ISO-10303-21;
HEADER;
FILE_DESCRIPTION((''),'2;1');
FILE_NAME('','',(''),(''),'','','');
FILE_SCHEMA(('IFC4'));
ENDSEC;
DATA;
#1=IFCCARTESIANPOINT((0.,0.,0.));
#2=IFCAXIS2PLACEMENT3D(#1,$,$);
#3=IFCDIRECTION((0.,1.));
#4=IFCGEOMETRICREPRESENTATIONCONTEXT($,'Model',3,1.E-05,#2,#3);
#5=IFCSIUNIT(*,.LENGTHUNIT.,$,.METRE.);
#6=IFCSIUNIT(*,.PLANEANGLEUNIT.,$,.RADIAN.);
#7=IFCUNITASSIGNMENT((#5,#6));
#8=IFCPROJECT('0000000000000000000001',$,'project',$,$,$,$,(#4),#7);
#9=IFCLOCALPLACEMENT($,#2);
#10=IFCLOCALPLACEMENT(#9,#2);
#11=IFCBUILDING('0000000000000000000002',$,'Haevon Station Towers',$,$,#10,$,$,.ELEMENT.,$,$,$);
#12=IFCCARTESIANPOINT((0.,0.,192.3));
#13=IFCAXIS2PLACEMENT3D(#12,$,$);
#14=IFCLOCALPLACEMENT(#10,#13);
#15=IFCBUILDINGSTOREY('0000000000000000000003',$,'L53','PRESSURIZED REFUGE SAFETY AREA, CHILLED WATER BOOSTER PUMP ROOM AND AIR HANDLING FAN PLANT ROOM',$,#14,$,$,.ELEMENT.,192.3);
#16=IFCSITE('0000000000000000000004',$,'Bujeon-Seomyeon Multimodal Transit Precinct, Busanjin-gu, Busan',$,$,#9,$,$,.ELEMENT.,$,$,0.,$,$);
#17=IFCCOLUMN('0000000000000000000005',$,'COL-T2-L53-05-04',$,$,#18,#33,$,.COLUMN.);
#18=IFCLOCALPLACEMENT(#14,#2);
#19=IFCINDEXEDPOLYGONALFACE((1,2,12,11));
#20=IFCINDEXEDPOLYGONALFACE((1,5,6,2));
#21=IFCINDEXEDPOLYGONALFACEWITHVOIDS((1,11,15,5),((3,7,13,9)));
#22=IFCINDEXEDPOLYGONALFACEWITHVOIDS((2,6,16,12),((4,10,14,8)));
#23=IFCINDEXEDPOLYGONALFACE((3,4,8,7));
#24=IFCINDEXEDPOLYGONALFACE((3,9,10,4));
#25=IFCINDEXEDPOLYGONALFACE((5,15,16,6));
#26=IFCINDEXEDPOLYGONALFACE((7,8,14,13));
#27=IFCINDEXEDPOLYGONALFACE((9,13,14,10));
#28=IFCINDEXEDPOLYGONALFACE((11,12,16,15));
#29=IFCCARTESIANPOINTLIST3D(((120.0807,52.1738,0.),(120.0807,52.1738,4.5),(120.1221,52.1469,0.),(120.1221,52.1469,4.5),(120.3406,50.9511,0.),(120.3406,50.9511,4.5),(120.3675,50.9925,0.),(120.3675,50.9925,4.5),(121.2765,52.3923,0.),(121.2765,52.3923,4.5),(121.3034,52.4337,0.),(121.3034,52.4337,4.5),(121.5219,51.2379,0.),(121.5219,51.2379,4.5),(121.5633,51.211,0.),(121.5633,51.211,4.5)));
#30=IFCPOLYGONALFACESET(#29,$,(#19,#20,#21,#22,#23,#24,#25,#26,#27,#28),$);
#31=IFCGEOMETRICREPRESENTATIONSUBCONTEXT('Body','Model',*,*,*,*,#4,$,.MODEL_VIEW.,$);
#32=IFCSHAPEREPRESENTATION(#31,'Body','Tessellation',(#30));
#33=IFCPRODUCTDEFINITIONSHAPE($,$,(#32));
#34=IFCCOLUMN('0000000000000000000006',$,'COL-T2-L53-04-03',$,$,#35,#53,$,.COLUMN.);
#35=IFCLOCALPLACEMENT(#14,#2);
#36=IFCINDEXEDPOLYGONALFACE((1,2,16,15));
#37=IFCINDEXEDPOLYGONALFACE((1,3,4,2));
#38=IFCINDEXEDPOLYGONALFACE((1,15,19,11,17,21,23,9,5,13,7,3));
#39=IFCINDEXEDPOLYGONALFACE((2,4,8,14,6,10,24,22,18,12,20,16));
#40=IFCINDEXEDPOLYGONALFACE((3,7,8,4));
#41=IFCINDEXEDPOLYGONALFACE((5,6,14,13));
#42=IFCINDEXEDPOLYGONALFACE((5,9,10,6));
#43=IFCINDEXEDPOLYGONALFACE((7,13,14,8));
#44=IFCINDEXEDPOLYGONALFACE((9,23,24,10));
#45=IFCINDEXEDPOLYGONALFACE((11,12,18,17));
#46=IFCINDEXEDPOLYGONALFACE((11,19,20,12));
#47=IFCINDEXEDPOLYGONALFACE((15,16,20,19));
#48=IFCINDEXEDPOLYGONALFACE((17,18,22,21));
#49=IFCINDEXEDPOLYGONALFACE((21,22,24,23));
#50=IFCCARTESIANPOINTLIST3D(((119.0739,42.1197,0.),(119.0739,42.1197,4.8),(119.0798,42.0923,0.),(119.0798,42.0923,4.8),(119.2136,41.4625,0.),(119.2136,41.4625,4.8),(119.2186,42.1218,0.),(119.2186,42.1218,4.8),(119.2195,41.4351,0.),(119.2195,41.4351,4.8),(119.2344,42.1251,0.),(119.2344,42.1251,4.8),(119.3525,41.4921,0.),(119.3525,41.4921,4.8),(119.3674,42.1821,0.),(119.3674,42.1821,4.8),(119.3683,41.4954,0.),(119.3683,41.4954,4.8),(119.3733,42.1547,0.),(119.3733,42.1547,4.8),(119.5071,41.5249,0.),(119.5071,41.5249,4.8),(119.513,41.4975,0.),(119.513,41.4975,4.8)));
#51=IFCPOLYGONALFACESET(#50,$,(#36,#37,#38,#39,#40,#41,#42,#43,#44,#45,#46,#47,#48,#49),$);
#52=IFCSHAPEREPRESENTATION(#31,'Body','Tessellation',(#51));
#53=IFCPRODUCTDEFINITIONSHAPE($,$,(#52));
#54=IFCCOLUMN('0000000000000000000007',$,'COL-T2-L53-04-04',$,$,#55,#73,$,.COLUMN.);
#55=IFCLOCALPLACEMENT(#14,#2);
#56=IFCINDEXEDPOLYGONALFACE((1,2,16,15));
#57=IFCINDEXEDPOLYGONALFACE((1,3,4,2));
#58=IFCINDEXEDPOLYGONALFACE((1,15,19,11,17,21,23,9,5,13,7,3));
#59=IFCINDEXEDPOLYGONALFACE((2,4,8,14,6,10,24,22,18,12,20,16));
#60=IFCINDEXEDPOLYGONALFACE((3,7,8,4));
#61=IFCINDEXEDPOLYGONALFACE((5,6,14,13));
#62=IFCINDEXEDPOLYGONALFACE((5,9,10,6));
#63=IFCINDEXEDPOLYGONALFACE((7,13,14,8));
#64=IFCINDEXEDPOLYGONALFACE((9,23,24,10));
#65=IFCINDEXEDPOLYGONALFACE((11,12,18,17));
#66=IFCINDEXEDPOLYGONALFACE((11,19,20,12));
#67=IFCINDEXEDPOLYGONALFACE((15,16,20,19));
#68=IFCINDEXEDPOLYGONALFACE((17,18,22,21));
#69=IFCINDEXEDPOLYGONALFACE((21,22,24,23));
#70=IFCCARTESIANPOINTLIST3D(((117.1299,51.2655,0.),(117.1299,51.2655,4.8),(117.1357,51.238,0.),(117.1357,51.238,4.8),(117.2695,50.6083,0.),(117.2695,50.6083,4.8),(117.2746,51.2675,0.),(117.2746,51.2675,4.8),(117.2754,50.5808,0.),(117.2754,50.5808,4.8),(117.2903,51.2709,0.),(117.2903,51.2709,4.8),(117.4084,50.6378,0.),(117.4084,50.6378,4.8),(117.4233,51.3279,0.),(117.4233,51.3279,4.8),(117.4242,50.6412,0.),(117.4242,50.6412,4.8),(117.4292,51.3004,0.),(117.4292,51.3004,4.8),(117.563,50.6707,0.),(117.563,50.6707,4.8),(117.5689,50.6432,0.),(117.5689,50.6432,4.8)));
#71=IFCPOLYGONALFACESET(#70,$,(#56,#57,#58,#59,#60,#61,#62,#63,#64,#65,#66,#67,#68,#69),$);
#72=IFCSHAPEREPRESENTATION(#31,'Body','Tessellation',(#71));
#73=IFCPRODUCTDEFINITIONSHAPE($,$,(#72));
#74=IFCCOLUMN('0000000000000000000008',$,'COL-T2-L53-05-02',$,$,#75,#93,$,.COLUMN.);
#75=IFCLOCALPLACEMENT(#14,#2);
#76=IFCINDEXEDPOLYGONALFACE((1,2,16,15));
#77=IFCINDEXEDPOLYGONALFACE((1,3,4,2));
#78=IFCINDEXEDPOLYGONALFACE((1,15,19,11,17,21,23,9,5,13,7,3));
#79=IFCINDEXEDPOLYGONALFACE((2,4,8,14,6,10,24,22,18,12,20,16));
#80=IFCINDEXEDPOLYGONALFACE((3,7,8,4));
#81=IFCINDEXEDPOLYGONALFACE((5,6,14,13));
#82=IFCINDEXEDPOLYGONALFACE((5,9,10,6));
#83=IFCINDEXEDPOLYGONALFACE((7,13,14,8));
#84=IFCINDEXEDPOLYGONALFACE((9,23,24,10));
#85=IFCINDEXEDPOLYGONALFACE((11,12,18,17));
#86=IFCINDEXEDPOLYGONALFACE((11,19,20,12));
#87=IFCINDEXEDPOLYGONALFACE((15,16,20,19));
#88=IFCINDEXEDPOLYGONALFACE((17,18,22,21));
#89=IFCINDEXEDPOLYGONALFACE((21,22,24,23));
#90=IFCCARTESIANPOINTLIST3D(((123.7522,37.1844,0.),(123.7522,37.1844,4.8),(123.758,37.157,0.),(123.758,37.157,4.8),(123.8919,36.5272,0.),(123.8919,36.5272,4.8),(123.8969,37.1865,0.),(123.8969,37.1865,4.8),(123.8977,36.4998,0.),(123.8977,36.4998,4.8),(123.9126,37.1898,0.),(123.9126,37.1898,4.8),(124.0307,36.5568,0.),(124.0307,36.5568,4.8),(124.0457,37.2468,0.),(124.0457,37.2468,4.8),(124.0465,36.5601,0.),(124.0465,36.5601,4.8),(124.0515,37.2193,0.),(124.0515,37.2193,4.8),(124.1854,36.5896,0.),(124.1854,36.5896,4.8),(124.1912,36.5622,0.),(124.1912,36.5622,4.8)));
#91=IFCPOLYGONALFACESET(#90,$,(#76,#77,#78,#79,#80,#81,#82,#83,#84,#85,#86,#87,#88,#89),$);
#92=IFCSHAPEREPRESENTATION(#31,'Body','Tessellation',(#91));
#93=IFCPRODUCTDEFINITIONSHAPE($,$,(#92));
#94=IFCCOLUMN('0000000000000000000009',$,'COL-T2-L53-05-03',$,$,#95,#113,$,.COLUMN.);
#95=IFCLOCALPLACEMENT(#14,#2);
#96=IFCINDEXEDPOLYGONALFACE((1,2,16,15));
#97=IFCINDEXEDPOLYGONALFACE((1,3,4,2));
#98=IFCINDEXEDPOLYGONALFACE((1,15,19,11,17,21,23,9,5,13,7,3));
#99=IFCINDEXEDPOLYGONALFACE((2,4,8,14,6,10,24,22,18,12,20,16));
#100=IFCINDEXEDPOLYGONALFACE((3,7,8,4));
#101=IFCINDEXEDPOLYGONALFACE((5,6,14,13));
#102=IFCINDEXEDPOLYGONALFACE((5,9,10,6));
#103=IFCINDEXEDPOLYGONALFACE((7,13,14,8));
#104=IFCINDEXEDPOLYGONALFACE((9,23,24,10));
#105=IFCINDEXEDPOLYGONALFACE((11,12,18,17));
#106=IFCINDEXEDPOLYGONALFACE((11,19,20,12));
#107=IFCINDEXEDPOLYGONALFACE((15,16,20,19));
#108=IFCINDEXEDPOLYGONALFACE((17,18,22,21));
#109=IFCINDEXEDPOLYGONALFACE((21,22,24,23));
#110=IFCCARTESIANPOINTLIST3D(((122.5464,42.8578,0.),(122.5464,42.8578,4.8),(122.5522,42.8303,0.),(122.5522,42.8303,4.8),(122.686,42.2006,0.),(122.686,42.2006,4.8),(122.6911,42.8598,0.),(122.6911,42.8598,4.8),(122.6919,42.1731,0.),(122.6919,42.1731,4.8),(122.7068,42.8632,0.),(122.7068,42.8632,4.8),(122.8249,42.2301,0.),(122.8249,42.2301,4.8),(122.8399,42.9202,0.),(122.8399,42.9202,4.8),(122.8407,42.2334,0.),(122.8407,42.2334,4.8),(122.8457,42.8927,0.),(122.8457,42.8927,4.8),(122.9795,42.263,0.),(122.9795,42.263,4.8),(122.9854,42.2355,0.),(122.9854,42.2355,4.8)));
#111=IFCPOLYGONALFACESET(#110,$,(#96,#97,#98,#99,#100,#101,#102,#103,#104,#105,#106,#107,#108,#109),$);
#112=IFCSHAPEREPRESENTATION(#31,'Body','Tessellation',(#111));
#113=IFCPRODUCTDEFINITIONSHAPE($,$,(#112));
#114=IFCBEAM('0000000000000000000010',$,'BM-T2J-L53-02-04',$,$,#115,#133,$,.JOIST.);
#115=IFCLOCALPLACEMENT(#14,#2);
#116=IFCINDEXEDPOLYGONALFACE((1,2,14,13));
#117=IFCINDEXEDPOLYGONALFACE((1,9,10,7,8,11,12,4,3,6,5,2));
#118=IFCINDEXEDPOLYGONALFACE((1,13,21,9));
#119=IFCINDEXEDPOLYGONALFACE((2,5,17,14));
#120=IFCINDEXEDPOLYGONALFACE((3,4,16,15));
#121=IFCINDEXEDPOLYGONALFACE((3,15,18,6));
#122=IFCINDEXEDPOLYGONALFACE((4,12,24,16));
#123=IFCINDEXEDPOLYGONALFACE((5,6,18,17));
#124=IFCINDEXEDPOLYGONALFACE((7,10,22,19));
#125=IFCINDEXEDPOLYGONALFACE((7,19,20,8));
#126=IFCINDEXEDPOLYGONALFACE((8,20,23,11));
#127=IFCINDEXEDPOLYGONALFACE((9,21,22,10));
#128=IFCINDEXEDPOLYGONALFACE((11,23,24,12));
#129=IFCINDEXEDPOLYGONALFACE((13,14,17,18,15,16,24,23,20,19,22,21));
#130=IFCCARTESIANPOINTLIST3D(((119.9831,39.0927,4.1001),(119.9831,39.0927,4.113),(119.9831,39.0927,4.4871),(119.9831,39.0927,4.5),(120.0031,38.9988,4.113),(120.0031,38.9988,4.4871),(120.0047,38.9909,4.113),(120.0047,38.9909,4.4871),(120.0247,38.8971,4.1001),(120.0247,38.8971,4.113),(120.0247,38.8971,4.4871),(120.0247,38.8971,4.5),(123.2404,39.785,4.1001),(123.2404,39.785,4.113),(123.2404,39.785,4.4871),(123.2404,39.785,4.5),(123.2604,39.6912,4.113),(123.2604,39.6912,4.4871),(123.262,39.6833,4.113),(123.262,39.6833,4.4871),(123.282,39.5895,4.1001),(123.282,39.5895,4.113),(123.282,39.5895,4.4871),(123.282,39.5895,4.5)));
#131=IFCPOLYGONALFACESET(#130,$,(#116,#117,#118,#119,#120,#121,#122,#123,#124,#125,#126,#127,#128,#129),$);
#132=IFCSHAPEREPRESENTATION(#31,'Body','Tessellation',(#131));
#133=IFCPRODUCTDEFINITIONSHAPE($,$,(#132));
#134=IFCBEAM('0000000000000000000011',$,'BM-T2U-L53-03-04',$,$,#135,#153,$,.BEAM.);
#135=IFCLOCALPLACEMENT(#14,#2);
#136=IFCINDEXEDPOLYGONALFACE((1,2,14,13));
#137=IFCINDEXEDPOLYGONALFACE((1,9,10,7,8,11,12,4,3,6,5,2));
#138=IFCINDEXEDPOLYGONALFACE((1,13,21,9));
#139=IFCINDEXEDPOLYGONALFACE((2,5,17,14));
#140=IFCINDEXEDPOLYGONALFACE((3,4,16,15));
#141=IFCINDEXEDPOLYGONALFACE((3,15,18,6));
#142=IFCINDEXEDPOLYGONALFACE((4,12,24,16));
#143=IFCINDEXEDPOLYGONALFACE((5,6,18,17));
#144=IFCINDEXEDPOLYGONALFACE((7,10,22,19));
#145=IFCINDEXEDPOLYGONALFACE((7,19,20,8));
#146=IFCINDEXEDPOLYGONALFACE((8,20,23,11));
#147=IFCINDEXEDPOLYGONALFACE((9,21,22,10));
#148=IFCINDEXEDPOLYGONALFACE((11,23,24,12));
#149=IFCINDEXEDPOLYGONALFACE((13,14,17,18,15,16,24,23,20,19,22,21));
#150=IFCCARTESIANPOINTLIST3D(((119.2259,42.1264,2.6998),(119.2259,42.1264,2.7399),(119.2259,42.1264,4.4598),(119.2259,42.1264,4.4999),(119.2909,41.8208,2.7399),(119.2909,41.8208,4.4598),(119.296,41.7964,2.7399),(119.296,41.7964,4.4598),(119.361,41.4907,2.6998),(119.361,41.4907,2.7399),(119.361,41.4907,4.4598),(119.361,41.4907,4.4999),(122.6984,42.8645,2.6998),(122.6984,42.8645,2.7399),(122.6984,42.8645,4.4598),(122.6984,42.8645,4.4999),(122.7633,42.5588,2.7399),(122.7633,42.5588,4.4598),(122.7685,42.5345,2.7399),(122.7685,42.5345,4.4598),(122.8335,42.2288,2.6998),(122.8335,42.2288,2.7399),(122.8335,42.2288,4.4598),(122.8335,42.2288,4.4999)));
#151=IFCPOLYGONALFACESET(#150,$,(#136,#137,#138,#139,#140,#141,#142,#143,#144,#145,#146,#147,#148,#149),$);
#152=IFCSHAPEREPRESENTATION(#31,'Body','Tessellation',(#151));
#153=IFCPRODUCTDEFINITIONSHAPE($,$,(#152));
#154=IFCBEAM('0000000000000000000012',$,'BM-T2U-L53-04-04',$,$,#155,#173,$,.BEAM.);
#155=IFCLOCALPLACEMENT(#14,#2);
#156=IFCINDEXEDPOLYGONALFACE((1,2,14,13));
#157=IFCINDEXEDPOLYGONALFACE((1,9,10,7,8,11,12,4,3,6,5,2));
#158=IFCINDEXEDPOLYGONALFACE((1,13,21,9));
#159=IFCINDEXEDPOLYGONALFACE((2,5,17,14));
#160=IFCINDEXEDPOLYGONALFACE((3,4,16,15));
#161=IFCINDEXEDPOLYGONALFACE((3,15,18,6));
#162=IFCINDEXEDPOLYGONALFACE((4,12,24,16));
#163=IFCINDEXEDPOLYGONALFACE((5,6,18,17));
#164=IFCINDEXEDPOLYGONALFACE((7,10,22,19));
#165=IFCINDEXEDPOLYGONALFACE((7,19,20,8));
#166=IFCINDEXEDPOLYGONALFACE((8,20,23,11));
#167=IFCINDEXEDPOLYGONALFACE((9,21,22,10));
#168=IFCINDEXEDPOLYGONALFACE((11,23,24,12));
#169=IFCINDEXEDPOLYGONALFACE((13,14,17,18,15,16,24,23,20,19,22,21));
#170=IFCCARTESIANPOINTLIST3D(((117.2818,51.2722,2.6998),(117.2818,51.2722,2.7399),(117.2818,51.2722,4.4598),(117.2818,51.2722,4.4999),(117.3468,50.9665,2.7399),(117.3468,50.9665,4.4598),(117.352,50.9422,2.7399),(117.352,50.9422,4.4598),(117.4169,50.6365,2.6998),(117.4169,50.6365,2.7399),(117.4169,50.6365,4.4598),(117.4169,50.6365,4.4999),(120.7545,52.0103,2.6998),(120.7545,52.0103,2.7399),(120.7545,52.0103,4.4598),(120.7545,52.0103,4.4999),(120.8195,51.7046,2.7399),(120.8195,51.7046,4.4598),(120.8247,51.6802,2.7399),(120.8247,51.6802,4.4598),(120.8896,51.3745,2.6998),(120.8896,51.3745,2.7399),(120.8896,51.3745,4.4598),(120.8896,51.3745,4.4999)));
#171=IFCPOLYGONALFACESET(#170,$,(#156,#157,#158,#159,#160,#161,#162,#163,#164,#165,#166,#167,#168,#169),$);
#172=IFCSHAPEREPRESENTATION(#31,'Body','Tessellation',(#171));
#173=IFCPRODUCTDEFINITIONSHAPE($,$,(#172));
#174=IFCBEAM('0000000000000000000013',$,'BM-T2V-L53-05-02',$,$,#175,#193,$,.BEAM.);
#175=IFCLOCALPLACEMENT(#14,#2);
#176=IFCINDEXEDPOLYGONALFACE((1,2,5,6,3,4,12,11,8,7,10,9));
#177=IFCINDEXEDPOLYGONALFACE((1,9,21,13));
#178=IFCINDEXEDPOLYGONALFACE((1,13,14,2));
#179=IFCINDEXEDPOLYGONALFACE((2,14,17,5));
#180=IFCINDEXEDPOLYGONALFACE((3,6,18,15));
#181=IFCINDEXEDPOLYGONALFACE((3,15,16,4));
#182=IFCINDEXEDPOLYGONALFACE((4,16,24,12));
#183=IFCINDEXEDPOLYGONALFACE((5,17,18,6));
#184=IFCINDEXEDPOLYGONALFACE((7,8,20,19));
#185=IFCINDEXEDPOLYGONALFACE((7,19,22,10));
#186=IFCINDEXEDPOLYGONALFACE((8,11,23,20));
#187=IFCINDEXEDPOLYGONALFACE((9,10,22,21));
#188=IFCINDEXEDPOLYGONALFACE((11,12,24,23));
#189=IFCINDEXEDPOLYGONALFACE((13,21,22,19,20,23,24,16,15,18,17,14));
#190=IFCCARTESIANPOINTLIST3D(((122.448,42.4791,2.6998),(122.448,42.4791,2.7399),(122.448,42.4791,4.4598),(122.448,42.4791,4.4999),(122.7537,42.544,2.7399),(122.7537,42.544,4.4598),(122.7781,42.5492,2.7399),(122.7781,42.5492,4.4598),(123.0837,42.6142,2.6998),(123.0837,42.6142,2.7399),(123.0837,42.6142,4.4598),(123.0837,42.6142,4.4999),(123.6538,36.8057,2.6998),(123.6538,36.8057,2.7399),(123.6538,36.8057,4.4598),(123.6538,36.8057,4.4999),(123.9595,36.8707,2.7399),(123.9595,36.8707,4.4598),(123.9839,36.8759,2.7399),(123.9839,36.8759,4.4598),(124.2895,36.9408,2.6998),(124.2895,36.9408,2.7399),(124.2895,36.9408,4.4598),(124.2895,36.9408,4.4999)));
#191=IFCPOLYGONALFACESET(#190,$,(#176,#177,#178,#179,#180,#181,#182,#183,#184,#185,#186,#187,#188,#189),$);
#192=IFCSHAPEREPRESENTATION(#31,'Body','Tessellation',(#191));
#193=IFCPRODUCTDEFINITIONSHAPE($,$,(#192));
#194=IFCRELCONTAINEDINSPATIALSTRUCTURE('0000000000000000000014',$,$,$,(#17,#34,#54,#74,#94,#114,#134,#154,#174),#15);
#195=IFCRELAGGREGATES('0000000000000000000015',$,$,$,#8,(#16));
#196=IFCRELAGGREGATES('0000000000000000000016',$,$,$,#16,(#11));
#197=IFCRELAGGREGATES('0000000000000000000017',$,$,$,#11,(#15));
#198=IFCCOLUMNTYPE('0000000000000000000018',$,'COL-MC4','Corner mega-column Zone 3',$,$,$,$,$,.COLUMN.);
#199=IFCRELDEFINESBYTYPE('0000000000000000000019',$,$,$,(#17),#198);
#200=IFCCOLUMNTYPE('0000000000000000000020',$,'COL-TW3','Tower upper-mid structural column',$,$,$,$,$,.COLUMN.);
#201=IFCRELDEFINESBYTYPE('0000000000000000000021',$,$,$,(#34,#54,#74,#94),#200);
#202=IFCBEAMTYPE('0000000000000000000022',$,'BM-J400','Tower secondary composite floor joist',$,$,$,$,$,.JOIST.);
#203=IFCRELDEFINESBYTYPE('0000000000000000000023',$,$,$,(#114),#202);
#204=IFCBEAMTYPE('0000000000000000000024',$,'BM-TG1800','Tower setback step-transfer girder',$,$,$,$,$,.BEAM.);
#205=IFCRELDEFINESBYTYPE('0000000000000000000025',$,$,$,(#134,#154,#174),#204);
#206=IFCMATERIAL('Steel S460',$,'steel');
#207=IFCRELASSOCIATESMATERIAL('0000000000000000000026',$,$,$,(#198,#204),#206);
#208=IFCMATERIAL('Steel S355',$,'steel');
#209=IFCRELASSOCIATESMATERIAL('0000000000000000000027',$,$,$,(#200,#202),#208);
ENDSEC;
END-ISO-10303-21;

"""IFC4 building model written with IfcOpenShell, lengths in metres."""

from ifc_helpers import new_model, si_unit, direction, frame, origin, origin_2d, place, context, subcontext, project, spatial, hollow_rectangle, i_section, extrude, material, material_profile, profile_set, type_object, element, save


model = new_model("IFC4")

# Units and contexts
model_context = context("Model", 3, precision=1e-05, world=origin(), true_north=direction((0.0, 1.0)))
body_context = subcontext(model_context, "Body", "Model", "MODEL_VIEW")
ifc_project = project(units=[si_unit("LENGTHUNIT", "METRE"), si_unit("PLANEANGLEUNIT", "RADIAN")], contexts=[model_context])

# Site, building, storey
site_placement = place(None, origin())
site = spatial("IfcSite", under=ifc_project, at=site_placement, Name="Bujeon-Seomyeon Multimodal Transit Precinct, Busanjin-gu, Busan", CompositionType="ELEMENT", RefElevation=0.0)
building_placement = place(site_placement, origin())
building = spatial("IfcBuilding", under=site, at=building_placement, Name="Haevon Station Towers", CompositionType="ELEMENT")
storey_placement = place(building_placement, frame((0.0, 0.0, 192.3)))
storey = spatial("IfcBuildingStorey", under=building, at=storey_placement, Name="L53", Description="PRESSURIZED REFUGE SAFETY AREA, CHILLED WATER BOOSTER PUMP ROOM AND AIR HANDLING FAN PLANT ROOM", CompositionType="ELEMENT", Elevation=192.3)

# Columns
ifc_material_1 = material(Name="Steel S460", Category="steel")
ifc_material_profile_1 = material_profile(ifc_material_1, hollow_rectangle(XDim=1.25, YDim=1.25, WallThickness=0.0349, at=origin_2d()), Name="BOX-1250x1250x35")
ifc_profile_set_1 = profile_set([ifc_material_profile_1], Name="Steel S460")
column_type_1 = type_object("IfcColumnType", Name="COL-MC4", Description="Corner mega-column Zone 3", PredefinedType="COLUMN", material=ifc_profile_set_1)
column_placement = place(storey_placement, frame((120.822, 51.6924, 0.0), z_axis=(0.0, 0.0, 1.0), x_axis=(0.978148, 0.207912, 0.0)))
element("IfcColumn", 1, at=column_placement, inside=storey, type_object=column_type_1, Name="COL-T2-L53-05-04", PredefinedType="COLUMN", context=body_context, shape_type="SweptSolid", body=[
    extrude(hollow_rectangle(XDim=1.25, YDim=1.25, WallThickness=0.0349, at=origin_2d()), origin(), (0.0, 0.0, 1.0), 4.5),
])
ifc_material_2 = material(Name="Steel S355", Category="steel")
ifc_material_profile_2 = material_profile(ifc_material_2, i_section(OverallWidth=0.3, OverallDepth=0.7, WebThickness=0.0161, FlangeThickness=0.0281, at=origin_2d()), Name="H-700x300x16x28")
ifc_profile_set_2 = profile_set([ifc_material_profile_2], Name="Steel S355")
column_type_2 = type_object("IfcColumnType", Name="COL-TW3", Description="Tower upper-mid structural column", PredefinedType="COLUMN", material=ifc_profile_set_2)
for number, where, z_axis, x_axis, name in (
    (2, (119.2935, 41.8086, 0.0), (0.0, 0.0, 1.0), (0.978148, 0.207912, 0.0), "COL-T2-L53-04-03"),
    (3, (117.3494, 50.9543, 0.0), (0.0, 0.0, 1.0), (0.978148, 0.207912, 0.0), "COL-T2-L53-04-04"),
    (4, (123.9717, 36.8733, 0.0), (0.0, 0.0, 1.0), (0.978148, 0.207912, 0.0), "COL-T2-L53-05-02"),
    (5, (122.7659, 42.5466, 0.0), (0.0, 0.0, 1.0), (0.978148, 0.207912, 0.0), "COL-T2-L53-05-03"),
):
    element("IfcColumn", number, at=place(storey_placement, frame(where, z_axis=z_axis, x_axis=x_axis)), inside=storey, type_object=column_type_2, Name=name, PredefinedType="COLUMN", context=body_context, shape_type="SweptSolid", body=[
        extrude(i_section(OverallWidth=0.3, OverallDepth=0.7, WebThickness=0.0161, FlangeThickness=0.0281, at=origin_2d()), origin(), (0.0, 0.0, 1.0), 4.8),
    ])

# Beams
ifc_material_profile_3 = material_profile(ifc_material_2, i_section(OverallWidth=0.2, OverallDepth=0.3999, WebThickness=0.0081, FlangeThickness=0.0129, at=origin_2d()), Name="H-400x200x8x13")
ifc_profile_set_3 = profile_set([ifc_material_profile_3], Name="Steel S355")
beam_type_1 = type_object("IfcBeamType", Name="BM-J400", Description="Tower secondary composite floor joist", PredefinedType="JOIST", material=ifc_profile_set_3)
beam_1_placement = place(storey_placement, frame((120.0039, 38.9949, 4.3), z_axis=(0.978147, 0.207917, 0.0), x_axis=(-0.207917, 0.978147, 0.0)))
element("IfcBeam", 6, at=beam_1_placement, inside=storey, type_object=beam_type_1, Name="BM-T2J-L53-02-04", PredefinedType="JOIST", context=body_context, shape_type="SweptSolid", body=[
    extrude(i_section(OverallWidth=0.2, OverallDepth=0.3999, WebThickness=0.0081, FlangeThickness=0.0129, at=origin_2d()), origin(), (0.0, 0.0, 1.0), 3.3301),
])
ifc_material_profile_4 = material_profile(ifc_material_1, i_section(OverallWidth=0.6499, OverallDepth=1.8, WebThickness=0.0249, FlangeThickness=0.04, at=origin_2d()), Name="H-1800x650x25x40")
ifc_profile_set_4 = profile_set([ifc_material_profile_4], Name="Steel S460")
beam_type_2 = type_object("IfcBeamType", Name="BM-TG1800", Description="Tower setback step-transfer girder", PredefinedType="BEAM", material=ifc_profile_set_4)
beam_2_placement = place(storey_placement, frame((119.2935, 41.8086, 3.5999), z_axis=(0.97815, 0.207899, 0.0), x_axis=(-0.207899, 0.97815, 0.0)))
element("IfcBeam", 7, at=beam_2_placement, inside=storey, type_object=beam_type_2, Name="BM-T2U-L53-03-04", PredefinedType="BEAM", context=body_context, shape_type="SweptSolid", body=[
    extrude(i_section(OverallWidth=0.6499, OverallDepth=1.8, WebThickness=0.0249, FlangeThickness=0.04, at=origin_2d()), origin(), (0.0, 0.0, 1.0), 3.55),
])
beam_3_placement = place(storey_placement, frame((117.3494, 50.9543, 3.5999), z_axis=(0.978153, 0.207885, 0.0), x_axis=(-0.207885, 0.978153, 0.0)))
element("IfcBeam", 8, at=beam_3_placement, inside=storey, type_object=beam_type_2, Name="BM-T2U-L53-04-04", PredefinedType="BEAM", context=body_context, shape_type="SweptSolid", body=[
    extrude(i_section(OverallWidth=0.6499, OverallDepth=1.8, WebThickness=0.0249, FlangeThickness=0.04, at=origin_2d()), origin(), (0.0, 0.0, 1.0), 3.5503),
])
beam_4_placement = place(storey_placement, frame((123.9717, 36.8733, 3.5999), z_axis=(-0.207896, 0.978151, 0.0), x_axis=(-0.978151, -0.207896, 0.0)))
element("IfcBeam", 9, at=beam_4_placement, inside=storey, type_object=beam_type_2, Name="BM-T2V-L53-05-02", PredefinedType="BEAM", context=body_context, shape_type="SweptSolid", body=[
    extrude(i_section(OverallWidth=0.6499, OverallDepth=1.8, WebThickness=0.0249, FlangeThickness=0.04, at=origin_2d()), origin(), (0.0, 0.0, 1.0), 5.8),
])

save(model, "model.ifc")
